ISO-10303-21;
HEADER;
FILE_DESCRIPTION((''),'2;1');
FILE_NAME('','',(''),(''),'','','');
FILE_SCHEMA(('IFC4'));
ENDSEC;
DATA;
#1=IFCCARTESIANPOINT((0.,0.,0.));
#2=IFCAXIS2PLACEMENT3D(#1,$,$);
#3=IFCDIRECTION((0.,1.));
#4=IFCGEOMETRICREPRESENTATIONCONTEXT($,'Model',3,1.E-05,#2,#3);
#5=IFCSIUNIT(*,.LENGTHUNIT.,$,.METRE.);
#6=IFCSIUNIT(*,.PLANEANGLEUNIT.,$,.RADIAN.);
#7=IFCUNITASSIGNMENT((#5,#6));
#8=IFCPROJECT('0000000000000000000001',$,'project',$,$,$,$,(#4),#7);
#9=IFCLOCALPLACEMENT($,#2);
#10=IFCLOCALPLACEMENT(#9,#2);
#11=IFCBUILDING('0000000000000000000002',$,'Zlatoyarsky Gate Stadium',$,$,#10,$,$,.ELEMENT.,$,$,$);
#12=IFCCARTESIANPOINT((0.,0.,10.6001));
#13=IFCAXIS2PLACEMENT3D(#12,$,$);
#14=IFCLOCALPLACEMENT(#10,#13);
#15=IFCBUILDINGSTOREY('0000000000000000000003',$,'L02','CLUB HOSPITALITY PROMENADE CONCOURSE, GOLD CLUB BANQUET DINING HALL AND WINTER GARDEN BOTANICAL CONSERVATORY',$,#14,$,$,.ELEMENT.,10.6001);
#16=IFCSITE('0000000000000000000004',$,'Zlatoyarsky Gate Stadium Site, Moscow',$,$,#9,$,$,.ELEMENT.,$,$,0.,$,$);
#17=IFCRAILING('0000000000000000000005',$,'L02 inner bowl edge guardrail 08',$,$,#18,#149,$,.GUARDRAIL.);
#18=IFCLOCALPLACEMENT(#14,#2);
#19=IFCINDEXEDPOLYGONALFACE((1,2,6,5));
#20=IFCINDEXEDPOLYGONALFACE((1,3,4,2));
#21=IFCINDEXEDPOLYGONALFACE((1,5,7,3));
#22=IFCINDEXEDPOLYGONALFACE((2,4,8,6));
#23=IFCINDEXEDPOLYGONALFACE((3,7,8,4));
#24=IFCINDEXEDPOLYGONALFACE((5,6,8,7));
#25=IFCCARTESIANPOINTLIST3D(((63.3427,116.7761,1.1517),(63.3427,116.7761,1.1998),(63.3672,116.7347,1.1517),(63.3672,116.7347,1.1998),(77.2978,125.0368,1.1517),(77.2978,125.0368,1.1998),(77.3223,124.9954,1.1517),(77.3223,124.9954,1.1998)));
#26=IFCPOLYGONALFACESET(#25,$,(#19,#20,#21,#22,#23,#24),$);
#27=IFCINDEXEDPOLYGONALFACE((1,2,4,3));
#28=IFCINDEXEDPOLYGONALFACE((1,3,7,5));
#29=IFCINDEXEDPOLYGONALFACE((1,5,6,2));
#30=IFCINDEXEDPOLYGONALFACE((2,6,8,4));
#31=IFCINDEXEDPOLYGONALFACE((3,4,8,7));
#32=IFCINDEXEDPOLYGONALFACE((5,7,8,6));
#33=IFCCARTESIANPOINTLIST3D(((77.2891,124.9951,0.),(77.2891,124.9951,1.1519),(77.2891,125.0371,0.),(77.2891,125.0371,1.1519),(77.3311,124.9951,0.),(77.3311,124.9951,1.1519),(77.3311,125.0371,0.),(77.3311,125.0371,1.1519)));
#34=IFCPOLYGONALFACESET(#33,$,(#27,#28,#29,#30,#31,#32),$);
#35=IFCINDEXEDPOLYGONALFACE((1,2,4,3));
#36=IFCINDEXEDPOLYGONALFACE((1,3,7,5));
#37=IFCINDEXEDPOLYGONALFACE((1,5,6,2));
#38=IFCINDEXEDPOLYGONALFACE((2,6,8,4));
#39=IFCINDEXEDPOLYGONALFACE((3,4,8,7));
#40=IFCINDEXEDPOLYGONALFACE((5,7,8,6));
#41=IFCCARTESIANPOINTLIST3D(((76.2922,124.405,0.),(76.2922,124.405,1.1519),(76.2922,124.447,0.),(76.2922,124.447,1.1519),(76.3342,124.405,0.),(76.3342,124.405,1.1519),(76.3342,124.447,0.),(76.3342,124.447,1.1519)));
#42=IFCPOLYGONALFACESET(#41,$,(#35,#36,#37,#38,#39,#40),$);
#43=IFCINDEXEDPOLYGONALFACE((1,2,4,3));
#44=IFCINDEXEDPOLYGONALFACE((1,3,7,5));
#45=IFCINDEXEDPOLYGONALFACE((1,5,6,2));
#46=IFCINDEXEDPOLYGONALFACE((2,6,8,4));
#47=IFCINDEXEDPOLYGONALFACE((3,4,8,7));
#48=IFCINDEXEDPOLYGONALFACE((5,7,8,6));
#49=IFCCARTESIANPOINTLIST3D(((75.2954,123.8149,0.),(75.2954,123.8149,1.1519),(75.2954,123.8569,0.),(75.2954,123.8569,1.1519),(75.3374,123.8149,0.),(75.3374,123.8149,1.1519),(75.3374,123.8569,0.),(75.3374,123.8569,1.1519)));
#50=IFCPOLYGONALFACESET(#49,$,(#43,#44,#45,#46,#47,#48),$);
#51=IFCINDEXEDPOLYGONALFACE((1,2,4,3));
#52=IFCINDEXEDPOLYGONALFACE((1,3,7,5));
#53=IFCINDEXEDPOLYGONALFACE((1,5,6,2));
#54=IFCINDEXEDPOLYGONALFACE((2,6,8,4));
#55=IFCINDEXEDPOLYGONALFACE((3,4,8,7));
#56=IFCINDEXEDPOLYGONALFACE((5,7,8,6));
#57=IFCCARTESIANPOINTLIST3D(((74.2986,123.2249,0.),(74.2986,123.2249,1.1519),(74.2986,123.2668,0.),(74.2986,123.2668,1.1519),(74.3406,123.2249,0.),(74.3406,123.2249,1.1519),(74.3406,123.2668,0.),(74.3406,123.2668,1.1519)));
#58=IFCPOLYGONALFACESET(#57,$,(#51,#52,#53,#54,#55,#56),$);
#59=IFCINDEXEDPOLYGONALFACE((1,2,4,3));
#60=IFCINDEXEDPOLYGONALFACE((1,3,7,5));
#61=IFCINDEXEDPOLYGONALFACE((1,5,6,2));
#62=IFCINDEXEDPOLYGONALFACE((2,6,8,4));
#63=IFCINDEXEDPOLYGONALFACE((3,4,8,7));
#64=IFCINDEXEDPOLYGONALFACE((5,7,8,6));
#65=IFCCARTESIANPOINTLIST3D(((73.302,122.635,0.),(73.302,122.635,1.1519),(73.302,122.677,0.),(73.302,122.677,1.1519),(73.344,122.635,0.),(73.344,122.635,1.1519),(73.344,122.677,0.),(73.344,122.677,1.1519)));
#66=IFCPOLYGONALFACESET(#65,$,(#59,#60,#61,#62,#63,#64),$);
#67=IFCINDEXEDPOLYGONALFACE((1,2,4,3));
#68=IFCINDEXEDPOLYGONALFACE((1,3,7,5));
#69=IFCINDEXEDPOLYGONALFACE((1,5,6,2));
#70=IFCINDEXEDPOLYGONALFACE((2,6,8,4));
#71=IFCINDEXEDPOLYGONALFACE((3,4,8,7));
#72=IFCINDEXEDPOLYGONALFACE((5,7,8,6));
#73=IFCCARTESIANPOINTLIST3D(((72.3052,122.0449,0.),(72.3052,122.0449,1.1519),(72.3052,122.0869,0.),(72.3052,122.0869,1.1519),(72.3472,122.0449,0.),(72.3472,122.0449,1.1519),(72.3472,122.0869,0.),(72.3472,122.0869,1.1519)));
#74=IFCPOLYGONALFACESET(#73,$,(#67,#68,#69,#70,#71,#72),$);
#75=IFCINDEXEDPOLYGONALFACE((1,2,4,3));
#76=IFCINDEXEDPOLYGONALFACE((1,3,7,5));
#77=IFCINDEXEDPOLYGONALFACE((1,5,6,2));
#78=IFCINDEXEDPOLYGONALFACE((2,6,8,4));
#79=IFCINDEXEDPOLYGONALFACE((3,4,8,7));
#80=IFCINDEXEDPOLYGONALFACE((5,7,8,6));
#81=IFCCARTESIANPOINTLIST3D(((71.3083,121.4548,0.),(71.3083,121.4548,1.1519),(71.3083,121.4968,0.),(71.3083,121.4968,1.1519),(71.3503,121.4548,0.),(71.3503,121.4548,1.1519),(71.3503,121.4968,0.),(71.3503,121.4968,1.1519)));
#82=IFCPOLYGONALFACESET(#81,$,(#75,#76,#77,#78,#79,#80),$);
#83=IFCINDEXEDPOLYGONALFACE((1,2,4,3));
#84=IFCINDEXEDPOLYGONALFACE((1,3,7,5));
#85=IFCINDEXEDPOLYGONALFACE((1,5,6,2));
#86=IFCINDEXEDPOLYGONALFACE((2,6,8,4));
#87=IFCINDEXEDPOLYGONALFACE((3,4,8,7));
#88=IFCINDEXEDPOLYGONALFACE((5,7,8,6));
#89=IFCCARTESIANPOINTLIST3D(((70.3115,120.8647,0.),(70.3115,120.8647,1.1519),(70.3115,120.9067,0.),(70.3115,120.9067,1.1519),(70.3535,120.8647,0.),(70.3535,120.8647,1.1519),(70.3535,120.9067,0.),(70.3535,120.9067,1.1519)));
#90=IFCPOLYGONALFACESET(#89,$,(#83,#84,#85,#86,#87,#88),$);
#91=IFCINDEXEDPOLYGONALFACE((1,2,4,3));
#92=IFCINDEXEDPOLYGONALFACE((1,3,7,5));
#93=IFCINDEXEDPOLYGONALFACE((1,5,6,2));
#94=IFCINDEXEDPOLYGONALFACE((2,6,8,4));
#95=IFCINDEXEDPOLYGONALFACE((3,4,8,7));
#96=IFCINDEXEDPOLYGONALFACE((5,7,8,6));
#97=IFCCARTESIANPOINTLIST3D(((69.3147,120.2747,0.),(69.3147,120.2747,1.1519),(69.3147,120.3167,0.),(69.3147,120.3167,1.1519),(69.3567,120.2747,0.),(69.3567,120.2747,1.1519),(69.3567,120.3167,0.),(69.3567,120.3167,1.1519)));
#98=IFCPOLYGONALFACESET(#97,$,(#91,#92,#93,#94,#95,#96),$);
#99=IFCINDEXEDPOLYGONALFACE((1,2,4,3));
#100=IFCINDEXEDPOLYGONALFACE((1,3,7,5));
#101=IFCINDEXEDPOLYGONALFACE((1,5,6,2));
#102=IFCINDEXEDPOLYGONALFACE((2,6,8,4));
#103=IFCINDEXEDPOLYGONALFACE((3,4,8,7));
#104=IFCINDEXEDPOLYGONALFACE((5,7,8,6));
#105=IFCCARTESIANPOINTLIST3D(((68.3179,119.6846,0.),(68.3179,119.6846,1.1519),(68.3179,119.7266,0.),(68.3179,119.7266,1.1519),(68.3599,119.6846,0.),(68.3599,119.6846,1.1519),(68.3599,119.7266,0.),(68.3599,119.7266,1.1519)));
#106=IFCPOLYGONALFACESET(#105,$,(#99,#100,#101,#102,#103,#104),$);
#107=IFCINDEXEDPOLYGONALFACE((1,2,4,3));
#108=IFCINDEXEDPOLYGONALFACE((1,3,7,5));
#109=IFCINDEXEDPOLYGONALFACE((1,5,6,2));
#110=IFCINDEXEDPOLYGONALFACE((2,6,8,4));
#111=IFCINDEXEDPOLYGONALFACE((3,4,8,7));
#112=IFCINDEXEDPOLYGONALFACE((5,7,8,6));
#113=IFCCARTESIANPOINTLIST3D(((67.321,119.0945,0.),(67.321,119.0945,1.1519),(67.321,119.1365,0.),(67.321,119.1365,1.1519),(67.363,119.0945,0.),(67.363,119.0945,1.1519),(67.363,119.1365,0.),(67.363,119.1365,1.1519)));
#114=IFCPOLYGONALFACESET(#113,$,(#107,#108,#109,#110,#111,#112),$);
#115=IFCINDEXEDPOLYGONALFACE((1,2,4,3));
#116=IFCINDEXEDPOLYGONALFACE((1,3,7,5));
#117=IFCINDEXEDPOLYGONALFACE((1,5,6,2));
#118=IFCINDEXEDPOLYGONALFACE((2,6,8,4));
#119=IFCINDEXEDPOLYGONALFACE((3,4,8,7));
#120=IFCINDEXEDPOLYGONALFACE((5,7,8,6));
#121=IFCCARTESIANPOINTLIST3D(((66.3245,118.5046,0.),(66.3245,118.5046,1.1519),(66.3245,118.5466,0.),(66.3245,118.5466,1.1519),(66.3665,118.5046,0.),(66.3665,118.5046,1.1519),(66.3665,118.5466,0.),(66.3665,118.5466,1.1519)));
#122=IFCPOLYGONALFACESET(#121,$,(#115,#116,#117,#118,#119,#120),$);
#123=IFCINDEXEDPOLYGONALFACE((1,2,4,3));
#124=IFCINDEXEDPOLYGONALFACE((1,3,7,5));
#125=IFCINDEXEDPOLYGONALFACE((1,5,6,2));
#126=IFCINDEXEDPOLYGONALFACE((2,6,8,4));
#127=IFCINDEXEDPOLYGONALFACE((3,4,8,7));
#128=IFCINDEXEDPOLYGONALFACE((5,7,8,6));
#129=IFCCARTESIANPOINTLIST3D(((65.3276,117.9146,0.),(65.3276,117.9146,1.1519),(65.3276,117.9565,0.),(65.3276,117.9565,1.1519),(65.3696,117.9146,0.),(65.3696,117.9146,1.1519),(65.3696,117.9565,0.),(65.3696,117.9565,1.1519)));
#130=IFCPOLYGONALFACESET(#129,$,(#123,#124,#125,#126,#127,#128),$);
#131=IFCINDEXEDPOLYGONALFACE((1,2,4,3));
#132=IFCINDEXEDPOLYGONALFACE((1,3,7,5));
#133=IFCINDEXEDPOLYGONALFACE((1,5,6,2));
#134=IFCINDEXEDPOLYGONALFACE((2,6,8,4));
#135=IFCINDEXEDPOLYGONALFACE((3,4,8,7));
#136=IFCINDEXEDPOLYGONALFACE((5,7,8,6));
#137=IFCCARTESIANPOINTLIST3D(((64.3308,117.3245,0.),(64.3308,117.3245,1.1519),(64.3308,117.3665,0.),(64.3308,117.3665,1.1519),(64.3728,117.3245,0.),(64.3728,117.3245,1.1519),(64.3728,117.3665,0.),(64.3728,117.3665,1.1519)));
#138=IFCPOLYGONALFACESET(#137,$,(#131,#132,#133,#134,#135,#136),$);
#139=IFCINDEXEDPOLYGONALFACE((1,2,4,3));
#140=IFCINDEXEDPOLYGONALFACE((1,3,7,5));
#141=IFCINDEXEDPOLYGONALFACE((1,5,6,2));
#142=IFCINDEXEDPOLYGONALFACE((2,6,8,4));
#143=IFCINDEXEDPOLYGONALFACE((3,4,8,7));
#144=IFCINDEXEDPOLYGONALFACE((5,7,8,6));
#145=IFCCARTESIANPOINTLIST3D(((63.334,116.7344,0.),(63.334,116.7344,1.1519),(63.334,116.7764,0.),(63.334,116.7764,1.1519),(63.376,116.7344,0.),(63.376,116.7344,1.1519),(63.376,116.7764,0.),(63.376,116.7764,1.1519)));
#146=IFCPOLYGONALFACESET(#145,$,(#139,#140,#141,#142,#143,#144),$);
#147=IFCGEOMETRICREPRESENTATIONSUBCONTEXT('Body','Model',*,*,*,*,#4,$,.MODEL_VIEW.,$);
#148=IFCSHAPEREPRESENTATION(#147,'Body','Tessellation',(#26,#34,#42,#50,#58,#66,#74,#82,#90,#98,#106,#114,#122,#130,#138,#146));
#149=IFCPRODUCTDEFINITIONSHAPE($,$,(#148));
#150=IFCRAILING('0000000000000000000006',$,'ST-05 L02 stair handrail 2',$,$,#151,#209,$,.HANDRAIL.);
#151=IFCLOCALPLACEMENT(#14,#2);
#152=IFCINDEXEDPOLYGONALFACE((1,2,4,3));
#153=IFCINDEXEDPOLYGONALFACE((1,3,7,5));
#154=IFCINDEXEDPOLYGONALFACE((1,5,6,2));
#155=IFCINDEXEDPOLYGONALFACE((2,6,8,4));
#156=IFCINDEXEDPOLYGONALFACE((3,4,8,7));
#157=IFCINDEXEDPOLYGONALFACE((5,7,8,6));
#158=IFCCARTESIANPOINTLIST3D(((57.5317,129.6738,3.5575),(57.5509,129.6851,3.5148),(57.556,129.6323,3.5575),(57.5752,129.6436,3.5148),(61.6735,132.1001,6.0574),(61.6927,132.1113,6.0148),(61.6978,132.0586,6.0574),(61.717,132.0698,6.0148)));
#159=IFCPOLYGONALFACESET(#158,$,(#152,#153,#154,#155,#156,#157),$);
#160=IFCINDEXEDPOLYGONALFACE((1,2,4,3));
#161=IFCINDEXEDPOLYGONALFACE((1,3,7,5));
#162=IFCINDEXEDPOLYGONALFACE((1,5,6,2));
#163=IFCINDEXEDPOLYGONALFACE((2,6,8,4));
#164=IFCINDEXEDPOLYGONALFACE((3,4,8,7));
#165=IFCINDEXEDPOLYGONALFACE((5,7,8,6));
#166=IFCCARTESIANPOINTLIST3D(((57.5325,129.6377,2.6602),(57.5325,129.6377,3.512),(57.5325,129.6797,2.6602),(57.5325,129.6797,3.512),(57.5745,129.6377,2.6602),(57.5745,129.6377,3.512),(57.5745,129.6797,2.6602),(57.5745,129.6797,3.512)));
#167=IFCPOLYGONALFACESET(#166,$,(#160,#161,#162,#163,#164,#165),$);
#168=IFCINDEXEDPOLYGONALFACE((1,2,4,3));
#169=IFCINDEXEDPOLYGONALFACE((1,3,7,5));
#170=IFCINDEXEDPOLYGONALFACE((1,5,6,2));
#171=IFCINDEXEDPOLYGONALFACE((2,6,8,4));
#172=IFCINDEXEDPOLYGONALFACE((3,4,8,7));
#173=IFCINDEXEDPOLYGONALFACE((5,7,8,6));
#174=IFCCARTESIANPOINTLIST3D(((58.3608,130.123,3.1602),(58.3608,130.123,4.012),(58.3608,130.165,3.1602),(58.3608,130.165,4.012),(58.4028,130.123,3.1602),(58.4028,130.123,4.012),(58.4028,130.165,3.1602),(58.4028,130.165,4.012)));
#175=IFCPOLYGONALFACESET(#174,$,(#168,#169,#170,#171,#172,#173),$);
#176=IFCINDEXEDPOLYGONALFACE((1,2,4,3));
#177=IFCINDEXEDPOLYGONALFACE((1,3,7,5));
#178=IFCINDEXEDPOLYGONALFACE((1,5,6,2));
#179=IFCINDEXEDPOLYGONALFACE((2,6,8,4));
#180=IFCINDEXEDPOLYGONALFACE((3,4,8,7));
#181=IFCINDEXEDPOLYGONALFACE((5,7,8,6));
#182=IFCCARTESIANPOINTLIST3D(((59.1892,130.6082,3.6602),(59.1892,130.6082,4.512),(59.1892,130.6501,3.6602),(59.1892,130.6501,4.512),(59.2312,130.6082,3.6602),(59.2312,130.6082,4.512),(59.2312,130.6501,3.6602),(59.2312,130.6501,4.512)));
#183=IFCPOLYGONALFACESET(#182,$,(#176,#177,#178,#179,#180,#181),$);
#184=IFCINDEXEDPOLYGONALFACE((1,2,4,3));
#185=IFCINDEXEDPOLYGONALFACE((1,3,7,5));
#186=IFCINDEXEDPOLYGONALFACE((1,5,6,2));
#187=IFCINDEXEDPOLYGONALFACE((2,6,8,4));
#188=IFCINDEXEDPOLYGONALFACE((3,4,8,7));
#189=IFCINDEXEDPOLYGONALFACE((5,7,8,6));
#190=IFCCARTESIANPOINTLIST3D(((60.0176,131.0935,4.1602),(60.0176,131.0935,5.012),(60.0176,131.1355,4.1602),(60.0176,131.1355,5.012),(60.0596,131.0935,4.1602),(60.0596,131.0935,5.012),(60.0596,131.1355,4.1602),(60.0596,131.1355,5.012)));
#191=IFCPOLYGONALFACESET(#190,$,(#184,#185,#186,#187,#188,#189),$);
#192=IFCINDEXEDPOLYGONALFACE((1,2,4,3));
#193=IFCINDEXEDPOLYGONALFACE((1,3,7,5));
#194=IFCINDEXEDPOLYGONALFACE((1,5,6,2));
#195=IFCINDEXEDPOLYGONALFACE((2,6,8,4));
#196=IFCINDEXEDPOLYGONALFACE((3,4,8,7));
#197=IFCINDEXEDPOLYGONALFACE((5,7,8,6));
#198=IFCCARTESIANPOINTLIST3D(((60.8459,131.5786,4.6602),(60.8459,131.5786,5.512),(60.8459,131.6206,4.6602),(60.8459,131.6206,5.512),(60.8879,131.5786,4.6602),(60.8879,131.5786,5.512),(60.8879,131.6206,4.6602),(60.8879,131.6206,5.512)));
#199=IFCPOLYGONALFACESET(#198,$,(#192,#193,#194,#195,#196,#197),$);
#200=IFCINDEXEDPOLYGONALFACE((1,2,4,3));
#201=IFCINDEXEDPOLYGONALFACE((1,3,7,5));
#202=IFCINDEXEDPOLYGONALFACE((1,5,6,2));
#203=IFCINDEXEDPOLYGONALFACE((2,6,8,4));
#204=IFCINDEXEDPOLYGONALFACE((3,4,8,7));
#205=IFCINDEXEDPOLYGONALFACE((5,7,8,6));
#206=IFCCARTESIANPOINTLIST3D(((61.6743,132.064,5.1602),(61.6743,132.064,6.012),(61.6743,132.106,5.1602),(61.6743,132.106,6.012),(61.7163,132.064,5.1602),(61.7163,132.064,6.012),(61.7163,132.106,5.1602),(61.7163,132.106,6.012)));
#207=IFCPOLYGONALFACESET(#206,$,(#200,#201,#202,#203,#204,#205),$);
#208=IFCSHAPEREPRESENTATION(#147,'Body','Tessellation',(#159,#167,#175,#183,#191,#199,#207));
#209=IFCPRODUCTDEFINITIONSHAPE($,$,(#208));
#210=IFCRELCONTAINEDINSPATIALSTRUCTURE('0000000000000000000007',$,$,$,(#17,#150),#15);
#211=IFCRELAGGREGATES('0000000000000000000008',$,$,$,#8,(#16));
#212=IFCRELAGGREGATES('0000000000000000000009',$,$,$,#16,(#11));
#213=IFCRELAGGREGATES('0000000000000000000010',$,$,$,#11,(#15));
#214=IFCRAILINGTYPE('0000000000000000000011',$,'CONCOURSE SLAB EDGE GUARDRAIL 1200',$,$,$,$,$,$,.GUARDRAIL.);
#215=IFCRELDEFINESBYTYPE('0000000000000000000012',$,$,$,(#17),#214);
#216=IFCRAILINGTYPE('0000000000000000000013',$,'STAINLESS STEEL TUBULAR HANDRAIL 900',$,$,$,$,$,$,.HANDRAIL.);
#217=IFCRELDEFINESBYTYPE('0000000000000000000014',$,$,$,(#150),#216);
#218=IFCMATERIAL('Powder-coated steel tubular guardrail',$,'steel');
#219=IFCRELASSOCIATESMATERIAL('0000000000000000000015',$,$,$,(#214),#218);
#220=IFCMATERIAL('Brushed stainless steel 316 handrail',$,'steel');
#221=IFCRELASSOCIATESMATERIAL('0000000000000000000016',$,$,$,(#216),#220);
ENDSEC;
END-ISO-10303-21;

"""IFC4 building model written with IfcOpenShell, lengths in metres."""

from ifc_helpers import new_model, si_unit, direction, frame, origin, origin_2d, place, context, subcontext, project, spatial, rectangle, extrude, material, type_object, element, save


model = new_model("IFC4")

# Units and contexts
model_context = context("Model", 3, precision=1e-05, world=origin(), true_north=direction((0.0, 1.0)))
body_context = subcontext(model_context, "Body", "Model", "MODEL_VIEW")
ifc_project = project(units=[si_unit("LENGTHUNIT", "METRE"), si_unit("PLANEANGLEUNIT", "RADIAN")], contexts=[model_context])

# Site, building, storey
site_placement = place(None, origin())
site = spatial("IfcSite", under=ifc_project, at=site_placement, Name="Zlatoyarsky Gate Stadium Site, Moscow", CompositionType="ELEMENT", RefElevation=0.0)
building_placement = place(site_placement, origin())
building = spatial("IfcBuilding", under=site, at=building_placement, Name="Zlatoyarsky Gate Stadium", CompositionType="ELEMENT")
storey_placement = place(building_placement, frame((0.0, 0.0, 10.6001)))
storey = spatial("IfcBuildingStorey", under=building, at=storey_placement, Name="L02", Description="CLUB HOSPITALITY PROMENADE CONCOURSE, GOLD CLUB BANQUET DINING HALL AND WINTER GARDEN BOTANICAL CONSERVATORY", CompositionType="ELEMENT", Elevation=10.6001)

# Railings
ifc_material_1 = material(Name="Powder-coated steel tubular guardrail", Category="steel")
railing_type_1 = type_object("IfcRailingType", Name="CONCOURSE SLAB EDGE GUARDRAIL 1200", PredefinedType="GUARDRAIL", material=ifc_material_1)
railing_1_placement = place(storey_placement, frame((77.3101, 125.0161, 0.0)))
element("IfcRailing", 1, at=railing_1_placement, inside=storey, type_object=railing_type_1, Name="L02 inner bowl edge guardrail 08", PredefinedType="GUARDRAIL", context=body_context, shape_type="SweptSolid", body=[
    extrude(rectangle(XDim=0.0481, YDim=0.0481, at=origin_2d()), frame((0.0, 0.0, 1.1758), z_axis=(-0.860533, -0.509395, 0.0), x_axis=(0.509395, -0.860533, 0.0)), (0.0, 0.0, 1.0), 16.2168),
    extrude(rectangle(XDim=0.042, YDim=0.042, at=origin_2d()), origin(), (0.0, 0.0, 1.0), 1.1519),
    extrude(rectangle(XDim=0.042, YDim=0.042, at=origin_2d()), frame((-0.9968, -0.5901, 0.0)), (0.0, 0.0, 1.0), 1.1519),
    extrude(rectangle(XDim=0.042, YDim=0.042, at=origin_2d()), frame((-1.9937, -1.1802, 0.0)), (0.0, 0.0, 1.0), 1.1519),
    extrude(rectangle(XDim=0.042, YDim=0.042, at=origin_2d()), frame((-2.9905, -1.7703, 0.0)), (0.0, 0.0, 1.0), 1.1519),
    extrude(rectangle(XDim=0.042, YDim=0.042, at=origin_2d()), frame((-3.9871, -2.3601, 0.0)), (0.0, 0.0, 1.0), 1.1519),
    extrude(rectangle(XDim=0.042, YDim=0.042, at=origin_2d()), frame((-4.9839, -2.9502, 0.0)), (0.0, 0.0, 1.0), 1.1519),
    extrude(rectangle(XDim=0.042, YDim=0.042, at=origin_2d()), frame((-5.9807, -3.5403, 0.0)), (0.0, 0.0, 1.0), 1.1519),
    extrude(rectangle(XDim=0.042, YDim=0.042, at=origin_2d()), frame((-6.9775, -4.1304, 0.0)), (0.0, 0.0, 1.0), 1.1519),
    extrude(rectangle(XDim=0.042, YDim=0.042, at=origin_2d()), frame((-7.9744, -4.7205, 0.0)), (0.0, 0.0, 1.0), 1.1519),
    extrude(rectangle(XDim=0.042, YDim=0.042, at=origin_2d()), frame((-8.9712, -5.3105, 0.0)), (0.0, 0.0, 1.0), 1.1519),
    extrude(rectangle(XDim=0.042, YDim=0.042, at=origin_2d()), frame((-9.968, -5.9006, 0.0)), (0.0, 0.0, 1.0), 1.1519),
    extrude(rectangle(XDim=0.042, YDim=0.042, at=origin_2d()), frame((-10.9646, -6.4905, 0.0)), (0.0, 0.0, 1.0), 1.1519),
    extrude(rectangle(XDim=0.042, YDim=0.042, at=origin_2d()), frame((-11.9614, -7.0806, 0.0)), (0.0, 0.0, 1.0), 1.1519),
    extrude(rectangle(XDim=0.042, YDim=0.042, at=origin_2d()), frame((-12.9583, -7.6707, 0.0)), (0.0, 0.0, 1.0), 1.1519),
    extrude(rectangle(XDim=0.042, YDim=0.042, at=origin_2d()), frame((-13.9551, -8.2607, 0.0)), (0.0, 0.0, 1.0), 1.1519),
])
ifc_material_2 = material(Name="Brushed stainless steel 316 handrail", Category="steel")
railing_type_2 = type_object("IfcRailingType", Name="STAINLESS STEEL TUBULAR HANDRAIL 900", PredefinedType="HANDRAIL", material=ifc_material_2)
railing_2_placement = place(storey_placement, frame((57.5535, 129.6587, 2.6602)))
element("IfcRailing", 2, at=railing_2_placement, inside=storey, type_object=railing_type_2, Name="ST-05 L02 stair handrail 2", PredefinedType="HANDRAIL", context=body_context, shape_type="SweptSolid", body=[
    extrude(rectangle(XDim=0.0481, YDim=0.0481, at=origin_2d()), frame((0.0, 0.0, 0.876), z_axis=(0.765283, 0.448298, 0.461921), x_axis=(-0.505455, 0.862853, 0.0)), (0.0, 0.0, 1.0), 5.4121),
    extrude(rectangle(XDim=0.042, YDim=0.042, at=origin_2d()), origin(), (0.0, 0.0, 1.0), 0.8518),
    extrude(rectangle(XDim=0.042, YDim=0.042, at=origin_2d()), frame((0.8284, 0.4854, 0.5)), (0.0, 0.0, 1.0), 0.8518),
    extrude(rectangle(XDim=0.042, YDim=0.042, at=origin_2d()), frame((1.6567, 0.9705, 1.0)), (0.0, 0.0, 1.0), 0.8518),
    extrude(rectangle(XDim=0.042, YDim=0.042, at=origin_2d()), frame((2.4851, 1.4558, 1.5)), (0.0, 0.0, 1.0), 0.8518),
    extrude(rectangle(XDim=0.042, YDim=0.042, at=origin_2d()), frame((3.3135, 1.9409, 2.0)), (0.0, 0.0, 1.0), 0.8518),
    extrude(rectangle(XDim=0.042, YDim=0.042, at=origin_2d()), frame((4.1418, 2.4263, 2.5)), (0.0, 0.0, 1.0), 0.8518),
])

save(model, "model.ifc")
